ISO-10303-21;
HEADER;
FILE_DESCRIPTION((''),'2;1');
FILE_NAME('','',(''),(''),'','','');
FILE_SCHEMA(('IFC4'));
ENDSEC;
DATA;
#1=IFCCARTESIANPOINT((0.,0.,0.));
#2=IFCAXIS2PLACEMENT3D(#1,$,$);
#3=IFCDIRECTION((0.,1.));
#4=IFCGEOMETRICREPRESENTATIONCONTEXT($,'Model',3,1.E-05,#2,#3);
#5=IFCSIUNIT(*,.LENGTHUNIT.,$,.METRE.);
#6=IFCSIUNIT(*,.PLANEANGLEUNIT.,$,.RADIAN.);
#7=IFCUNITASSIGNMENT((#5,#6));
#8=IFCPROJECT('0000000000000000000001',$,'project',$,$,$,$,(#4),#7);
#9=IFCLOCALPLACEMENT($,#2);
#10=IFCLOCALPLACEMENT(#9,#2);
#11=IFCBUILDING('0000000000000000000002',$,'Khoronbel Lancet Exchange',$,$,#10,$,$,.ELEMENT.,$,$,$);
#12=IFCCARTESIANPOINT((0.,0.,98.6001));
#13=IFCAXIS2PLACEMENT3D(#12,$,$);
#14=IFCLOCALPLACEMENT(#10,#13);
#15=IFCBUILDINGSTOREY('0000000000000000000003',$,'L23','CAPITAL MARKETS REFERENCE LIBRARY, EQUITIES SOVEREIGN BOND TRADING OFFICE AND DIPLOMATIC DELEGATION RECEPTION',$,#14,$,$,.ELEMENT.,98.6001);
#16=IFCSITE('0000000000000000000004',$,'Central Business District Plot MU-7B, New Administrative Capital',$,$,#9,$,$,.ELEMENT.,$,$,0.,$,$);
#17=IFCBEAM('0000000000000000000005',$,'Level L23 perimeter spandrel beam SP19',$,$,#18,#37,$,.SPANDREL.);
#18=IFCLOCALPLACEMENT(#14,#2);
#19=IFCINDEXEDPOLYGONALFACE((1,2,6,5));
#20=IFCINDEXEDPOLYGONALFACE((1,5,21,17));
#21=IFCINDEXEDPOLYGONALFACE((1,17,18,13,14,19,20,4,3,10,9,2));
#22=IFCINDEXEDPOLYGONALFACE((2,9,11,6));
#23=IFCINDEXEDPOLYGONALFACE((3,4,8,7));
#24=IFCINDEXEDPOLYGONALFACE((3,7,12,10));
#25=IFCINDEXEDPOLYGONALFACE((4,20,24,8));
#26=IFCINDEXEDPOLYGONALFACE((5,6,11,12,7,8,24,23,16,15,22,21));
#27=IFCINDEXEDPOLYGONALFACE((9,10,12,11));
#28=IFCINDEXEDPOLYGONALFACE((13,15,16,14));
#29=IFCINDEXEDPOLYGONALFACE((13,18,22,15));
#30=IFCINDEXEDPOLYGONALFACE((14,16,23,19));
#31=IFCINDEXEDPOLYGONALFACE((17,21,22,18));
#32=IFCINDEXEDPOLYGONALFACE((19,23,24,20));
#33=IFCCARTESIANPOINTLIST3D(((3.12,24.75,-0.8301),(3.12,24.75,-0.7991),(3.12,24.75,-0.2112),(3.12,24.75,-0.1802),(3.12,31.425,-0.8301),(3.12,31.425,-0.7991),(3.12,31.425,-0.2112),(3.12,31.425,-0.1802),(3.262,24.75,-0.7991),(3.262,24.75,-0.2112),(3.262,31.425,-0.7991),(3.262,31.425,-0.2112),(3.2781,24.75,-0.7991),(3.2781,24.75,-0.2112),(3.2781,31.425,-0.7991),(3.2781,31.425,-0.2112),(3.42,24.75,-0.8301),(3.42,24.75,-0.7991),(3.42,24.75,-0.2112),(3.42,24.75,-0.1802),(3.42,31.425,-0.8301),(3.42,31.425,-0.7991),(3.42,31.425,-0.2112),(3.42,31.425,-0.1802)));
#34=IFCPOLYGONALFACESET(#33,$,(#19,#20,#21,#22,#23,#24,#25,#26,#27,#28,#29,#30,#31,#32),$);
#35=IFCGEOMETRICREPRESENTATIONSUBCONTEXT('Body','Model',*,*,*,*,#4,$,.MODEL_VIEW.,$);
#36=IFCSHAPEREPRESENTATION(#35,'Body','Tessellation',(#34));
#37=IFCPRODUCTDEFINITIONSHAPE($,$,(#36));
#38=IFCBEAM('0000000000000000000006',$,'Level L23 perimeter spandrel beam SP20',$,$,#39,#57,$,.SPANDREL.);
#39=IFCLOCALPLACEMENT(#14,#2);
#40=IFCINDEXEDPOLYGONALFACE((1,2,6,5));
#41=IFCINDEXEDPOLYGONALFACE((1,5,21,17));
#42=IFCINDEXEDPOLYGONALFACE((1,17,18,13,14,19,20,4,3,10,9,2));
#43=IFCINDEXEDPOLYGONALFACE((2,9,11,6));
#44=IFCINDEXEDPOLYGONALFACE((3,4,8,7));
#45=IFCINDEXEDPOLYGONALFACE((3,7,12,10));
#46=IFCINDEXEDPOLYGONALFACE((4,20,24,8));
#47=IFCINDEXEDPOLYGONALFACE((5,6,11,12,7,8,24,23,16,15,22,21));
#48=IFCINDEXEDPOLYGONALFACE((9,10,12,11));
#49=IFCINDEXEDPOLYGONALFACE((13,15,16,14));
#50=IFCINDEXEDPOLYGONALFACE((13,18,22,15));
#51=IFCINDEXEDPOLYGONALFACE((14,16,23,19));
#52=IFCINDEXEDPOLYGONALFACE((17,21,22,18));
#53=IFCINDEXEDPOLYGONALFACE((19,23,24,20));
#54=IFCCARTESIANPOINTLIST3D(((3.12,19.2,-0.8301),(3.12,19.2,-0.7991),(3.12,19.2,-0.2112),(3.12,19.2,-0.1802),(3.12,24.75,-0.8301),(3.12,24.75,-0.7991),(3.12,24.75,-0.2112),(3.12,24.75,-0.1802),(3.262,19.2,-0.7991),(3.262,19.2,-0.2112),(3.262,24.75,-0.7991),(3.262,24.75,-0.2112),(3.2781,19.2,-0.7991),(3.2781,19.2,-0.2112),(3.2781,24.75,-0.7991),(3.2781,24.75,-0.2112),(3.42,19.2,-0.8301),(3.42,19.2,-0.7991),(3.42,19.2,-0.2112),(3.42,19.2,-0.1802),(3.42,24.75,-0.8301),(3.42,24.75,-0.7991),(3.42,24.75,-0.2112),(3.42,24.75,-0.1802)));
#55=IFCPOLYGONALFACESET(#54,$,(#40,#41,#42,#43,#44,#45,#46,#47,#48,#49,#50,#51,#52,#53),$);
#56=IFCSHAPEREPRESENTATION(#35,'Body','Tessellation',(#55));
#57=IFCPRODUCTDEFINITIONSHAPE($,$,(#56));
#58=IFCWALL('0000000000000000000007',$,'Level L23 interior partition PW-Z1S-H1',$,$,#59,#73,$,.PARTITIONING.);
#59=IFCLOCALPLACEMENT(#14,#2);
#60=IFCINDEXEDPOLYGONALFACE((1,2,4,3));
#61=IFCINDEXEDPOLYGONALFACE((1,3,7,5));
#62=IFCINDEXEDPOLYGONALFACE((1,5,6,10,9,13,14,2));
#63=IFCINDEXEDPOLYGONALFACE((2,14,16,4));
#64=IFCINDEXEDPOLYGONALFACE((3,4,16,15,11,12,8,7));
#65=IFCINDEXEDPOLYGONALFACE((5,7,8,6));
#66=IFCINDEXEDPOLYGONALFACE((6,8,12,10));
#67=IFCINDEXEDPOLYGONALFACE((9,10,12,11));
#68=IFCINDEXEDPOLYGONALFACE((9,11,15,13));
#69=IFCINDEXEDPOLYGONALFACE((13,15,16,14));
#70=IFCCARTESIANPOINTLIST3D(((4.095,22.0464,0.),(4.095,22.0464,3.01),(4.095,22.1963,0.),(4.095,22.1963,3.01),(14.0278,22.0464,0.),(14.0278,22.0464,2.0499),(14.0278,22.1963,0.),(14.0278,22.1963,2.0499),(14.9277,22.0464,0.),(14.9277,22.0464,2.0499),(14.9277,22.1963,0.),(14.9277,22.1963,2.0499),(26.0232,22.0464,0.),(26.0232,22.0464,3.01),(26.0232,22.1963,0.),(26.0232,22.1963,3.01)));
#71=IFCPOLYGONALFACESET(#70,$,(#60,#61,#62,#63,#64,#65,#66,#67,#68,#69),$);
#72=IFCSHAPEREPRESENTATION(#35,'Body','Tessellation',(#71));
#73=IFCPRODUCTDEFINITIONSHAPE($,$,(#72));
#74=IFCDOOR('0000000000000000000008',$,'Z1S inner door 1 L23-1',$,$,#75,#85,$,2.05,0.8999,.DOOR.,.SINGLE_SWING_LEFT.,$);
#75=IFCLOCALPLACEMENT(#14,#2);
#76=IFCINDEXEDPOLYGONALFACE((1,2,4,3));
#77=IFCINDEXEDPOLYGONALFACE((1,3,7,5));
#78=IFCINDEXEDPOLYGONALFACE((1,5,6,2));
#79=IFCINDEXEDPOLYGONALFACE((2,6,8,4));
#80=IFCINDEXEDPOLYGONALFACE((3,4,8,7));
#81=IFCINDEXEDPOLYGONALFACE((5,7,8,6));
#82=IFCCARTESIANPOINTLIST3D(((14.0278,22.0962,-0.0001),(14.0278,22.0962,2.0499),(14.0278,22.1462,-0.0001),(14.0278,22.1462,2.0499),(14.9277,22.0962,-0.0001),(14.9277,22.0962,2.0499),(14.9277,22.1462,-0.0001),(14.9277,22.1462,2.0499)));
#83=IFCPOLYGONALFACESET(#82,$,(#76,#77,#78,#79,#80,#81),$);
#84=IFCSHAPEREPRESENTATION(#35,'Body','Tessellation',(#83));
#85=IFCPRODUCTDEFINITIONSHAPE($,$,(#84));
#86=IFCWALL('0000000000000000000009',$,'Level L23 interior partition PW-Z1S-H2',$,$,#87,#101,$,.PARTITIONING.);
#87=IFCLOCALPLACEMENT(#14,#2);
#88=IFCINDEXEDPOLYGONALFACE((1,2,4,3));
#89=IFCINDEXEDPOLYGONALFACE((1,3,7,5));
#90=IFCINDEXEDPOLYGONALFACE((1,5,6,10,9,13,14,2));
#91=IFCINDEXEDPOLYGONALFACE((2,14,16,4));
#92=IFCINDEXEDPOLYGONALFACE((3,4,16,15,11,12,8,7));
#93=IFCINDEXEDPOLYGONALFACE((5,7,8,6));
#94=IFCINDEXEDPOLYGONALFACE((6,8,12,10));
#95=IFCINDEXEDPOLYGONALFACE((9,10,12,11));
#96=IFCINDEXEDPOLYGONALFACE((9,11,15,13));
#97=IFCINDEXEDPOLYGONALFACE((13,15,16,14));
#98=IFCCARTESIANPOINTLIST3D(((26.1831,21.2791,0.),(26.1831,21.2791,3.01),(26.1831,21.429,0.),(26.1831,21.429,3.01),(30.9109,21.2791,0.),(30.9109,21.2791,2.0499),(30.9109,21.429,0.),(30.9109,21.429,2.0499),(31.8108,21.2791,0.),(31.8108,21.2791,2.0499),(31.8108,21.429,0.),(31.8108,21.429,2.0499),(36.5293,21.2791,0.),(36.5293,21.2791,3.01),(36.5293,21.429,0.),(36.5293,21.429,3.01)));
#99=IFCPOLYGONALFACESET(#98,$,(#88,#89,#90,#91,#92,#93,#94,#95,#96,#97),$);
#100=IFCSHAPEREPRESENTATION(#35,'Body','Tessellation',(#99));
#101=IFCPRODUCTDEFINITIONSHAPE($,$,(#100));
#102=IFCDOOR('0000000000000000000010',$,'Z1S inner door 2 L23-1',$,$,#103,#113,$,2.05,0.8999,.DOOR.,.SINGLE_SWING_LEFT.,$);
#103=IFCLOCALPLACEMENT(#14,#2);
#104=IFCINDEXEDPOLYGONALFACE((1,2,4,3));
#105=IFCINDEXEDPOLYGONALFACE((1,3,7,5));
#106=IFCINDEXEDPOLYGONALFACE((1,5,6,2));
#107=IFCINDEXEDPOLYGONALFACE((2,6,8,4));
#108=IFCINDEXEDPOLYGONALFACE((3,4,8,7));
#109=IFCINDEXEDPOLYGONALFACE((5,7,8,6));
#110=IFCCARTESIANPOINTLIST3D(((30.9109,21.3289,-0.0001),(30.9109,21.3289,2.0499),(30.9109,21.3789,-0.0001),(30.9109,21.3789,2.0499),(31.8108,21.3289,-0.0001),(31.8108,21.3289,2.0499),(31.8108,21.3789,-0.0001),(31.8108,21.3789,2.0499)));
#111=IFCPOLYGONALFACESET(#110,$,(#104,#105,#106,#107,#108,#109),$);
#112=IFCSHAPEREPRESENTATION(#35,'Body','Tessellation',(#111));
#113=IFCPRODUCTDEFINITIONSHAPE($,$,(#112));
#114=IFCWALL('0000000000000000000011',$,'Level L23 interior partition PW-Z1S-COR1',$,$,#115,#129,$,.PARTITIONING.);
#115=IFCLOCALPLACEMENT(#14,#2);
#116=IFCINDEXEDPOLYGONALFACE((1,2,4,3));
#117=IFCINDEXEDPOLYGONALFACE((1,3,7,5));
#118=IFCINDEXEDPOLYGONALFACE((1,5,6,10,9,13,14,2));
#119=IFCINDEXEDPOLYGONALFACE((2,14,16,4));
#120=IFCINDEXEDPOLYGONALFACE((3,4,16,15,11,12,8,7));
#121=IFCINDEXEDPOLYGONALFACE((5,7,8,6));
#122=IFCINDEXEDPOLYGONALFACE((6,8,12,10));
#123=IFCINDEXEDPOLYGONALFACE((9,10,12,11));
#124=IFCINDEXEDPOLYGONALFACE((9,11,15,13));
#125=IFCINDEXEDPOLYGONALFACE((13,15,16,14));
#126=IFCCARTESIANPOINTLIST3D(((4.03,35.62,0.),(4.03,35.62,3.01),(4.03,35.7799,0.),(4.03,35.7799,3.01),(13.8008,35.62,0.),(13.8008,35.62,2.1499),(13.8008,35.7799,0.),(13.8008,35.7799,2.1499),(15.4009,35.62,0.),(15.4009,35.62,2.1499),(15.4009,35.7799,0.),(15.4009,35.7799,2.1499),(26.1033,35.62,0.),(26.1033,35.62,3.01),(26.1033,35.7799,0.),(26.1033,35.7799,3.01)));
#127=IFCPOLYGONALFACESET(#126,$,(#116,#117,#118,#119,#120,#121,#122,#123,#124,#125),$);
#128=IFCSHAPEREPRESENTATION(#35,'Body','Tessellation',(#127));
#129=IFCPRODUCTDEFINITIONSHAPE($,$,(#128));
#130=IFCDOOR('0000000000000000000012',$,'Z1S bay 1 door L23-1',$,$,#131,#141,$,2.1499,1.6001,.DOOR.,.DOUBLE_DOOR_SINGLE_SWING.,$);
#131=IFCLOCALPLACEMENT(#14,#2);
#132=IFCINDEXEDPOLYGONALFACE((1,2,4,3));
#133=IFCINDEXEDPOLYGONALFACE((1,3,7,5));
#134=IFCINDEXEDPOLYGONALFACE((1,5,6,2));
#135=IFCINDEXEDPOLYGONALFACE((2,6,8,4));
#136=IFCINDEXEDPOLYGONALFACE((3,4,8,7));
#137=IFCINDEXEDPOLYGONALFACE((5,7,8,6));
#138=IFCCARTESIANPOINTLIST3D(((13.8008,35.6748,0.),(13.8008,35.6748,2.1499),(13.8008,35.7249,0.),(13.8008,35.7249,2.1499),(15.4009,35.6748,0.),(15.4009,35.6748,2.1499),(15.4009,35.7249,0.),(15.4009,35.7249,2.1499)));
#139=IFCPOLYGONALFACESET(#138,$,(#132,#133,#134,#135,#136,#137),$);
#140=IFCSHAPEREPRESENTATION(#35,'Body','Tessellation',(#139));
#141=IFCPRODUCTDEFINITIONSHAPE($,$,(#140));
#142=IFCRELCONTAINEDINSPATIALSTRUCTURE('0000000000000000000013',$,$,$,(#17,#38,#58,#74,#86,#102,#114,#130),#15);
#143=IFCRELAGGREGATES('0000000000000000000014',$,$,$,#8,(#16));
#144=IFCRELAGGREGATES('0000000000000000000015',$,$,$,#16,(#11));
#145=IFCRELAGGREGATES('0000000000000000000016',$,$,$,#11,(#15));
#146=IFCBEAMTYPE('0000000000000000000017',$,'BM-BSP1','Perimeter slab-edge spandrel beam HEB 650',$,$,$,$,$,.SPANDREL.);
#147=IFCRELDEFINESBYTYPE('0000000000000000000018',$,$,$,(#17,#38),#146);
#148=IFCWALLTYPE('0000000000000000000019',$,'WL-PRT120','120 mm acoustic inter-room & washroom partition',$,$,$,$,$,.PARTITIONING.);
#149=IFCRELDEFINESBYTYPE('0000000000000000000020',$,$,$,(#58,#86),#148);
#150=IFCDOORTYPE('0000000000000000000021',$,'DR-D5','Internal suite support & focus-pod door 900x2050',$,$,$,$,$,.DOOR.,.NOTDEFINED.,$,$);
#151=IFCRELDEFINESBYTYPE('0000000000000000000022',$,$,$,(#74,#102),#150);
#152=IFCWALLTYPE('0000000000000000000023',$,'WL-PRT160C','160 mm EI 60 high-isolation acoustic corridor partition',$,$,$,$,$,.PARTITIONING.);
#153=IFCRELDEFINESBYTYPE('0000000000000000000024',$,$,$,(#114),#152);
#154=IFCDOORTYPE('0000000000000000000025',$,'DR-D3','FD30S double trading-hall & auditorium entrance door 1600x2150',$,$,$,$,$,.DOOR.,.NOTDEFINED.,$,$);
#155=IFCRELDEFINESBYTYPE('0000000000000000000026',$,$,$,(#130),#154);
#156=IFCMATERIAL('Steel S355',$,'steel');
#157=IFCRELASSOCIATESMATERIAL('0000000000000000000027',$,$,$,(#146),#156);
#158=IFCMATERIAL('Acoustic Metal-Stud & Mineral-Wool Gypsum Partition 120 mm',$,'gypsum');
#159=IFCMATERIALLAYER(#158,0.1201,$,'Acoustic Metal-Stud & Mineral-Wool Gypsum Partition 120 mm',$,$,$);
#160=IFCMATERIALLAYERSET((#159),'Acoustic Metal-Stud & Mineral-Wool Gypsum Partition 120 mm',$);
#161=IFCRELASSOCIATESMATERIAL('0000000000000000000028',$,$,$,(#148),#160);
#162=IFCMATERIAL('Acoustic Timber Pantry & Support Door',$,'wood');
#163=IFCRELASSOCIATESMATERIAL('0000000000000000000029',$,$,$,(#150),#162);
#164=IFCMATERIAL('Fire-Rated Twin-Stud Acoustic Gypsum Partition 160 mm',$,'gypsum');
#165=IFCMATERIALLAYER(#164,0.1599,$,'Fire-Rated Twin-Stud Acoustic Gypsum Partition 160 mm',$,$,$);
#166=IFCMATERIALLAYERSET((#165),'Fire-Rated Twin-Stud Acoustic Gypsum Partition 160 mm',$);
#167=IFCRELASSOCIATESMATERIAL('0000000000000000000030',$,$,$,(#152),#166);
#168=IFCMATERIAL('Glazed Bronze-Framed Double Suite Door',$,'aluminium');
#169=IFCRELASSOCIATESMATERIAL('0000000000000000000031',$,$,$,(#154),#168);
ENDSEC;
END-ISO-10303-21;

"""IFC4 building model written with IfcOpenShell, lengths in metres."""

from ifc_helpers import new_model, si_unit, direction, frame, frame_2d, origin, origin_2d, place, context, subcontext, project, spatial, rectangle, i_section, extrude, material, layer, layer_set, material_profile, profile_set, type_object, element, fill, save


model = new_model("IFC4")

# Units and contexts
model_context = context("Model", 3, precision=1e-05, world=origin(), true_north=direction((0.0, 1.0)))
body_context = subcontext(model_context, "Body", "Model", "MODEL_VIEW")
ifc_project = project(units=[si_unit("LENGTHUNIT", "METRE"), si_unit("PLANEANGLEUNIT", "RADIAN")], contexts=[model_context])

# Site, building, storey
site_placement = place(None, origin())
site = spatial("IfcSite", under=ifc_project, at=site_placement, Name="Central Business District Plot MU-7B, New Administrative Capital", CompositionType="ELEMENT", RefElevation=0.0)
building_placement = place(site_placement, origin())
building = spatial("IfcBuilding", under=site, at=building_placement, Name="Khoronbel Lancet Exchange", CompositionType="ELEMENT")
storey_placement = place(building_placement, frame((0.0, 0.0, 98.6001)))
storey = spatial("IfcBuildingStorey", under=building, at=storey_placement, Name="L23", Description="CAPITAL MARKETS REFERENCE LIBRARY, EQUITIES SOVEREIGN BOND TRADING OFFICE AND DIPLOMATIC DELEGATION RECEPTION", CompositionType="ELEMENT", Elevation=98.6001)

# Shared definitions
ifc_material_1 = material(Name="Steel S355", Category="steel")

# Beams
ifc_material_profile_1 = material_profile(ifc_material_1, i_section(OverallWidth=0.3, OverallDepth=0.6499, WebThickness=0.0161, FlangeThickness=0.031, at=origin_2d()), Name="HEB 650")
ifc_profile_set_1 = profile_set([ifc_material_profile_1], Name="Steel S355")
beam_type_1 = type_object("IfcBeamType", Name="BM-BSP1", Description="Perimeter slab-edge spandrel beam HEB 650", PredefinedType="SPANDREL", material=ifc_profile_set_1)
beam_1_placement = place(storey_placement, frame((3.27, 31.425, -0.5051), z_axis=(0.0, -1.0, 0.0), x_axis=(1.0, 0.0, 0.0)))
element("IfcBeam", 1, at=beam_1_placement, inside=storey, type_object=beam_type_1, Name="Level L23 perimeter spandrel beam SP19", PredefinedType="SPANDREL", context=body_context, shape_type="SweptSolid", body=[
    extrude(i_section(OverallWidth=0.3, OverallDepth=0.6499, WebThickness=0.0161, FlangeThickness=0.031, at=origin_2d()), origin(), (0.0, 0.0, 1.0), 6.675),
])
beam_2_placement = place(storey_placement, frame((3.27, 24.75, -0.5051), z_axis=(0.0, -1.0, 0.0), x_axis=(1.0, 0.0, 0.0)))
element("IfcBeam", 2, at=beam_2_placement, inside=storey, type_object=beam_type_1, Name="Level L23 perimeter spandrel beam SP20", PredefinedType="SPANDREL", context=body_context, shape_type="SweptSolid", body=[
    extrude(i_section(OverallWidth=0.3, OverallDepth=0.6499, WebThickness=0.0161, FlangeThickness=0.031, at=origin_2d()), origin(), (0.0, 0.0, 1.0), 5.55),
])

# Walls, openings, doors
ifc_material_2 = material(Name="Acoustic Metal-Stud & Mineral-Wool Gypsum Partition 120 mm", Category="gypsum")
ifc_layer_1 = layer(ifc_material_2, 0.1201, Name="Acoustic Metal-Stud & Mineral-Wool Gypsum Partition 120 mm")
ifc_layer_set_1 = layer_set([ifc_layer_1], Name="Acoustic Metal-Stud & Mineral-Wool Gypsum Partition 120 mm")
wall_type_1 = type_object("IfcWallType", Name="WL-PRT120", Description="120 mm acoustic inter-room & washroom partition", PredefinedType="PARTITIONING", material=ifc_layer_set_1)
wall_1_placement = place(storey_placement, frame((4.095, 22.1213, 0.0), z_axis=(0.0, 0.0, 1.0), x_axis=(1.0, 0.0, 0.0)))
wall_1 = element("IfcWall", 3, at=wall_1_placement, inside=storey, type_object=wall_type_1, Name="Level L23 interior partition PW-Z1S-H1", PredefinedType="PARTITIONING", context=body_context, shape_type="SweptSolid", body=[
    extrude(rectangle(XDim=21.9282, YDim=0.1499, at=frame_2d((10.9641, 0.0))), origin(), (0.0, 0.0, 1.0), 3.01),
])
opening_1_placement = place(wall_1_placement, frame((9.9329, 0.0, 0.0)))
opening_1 = element("IfcOpeningElement", 4, at=opening_1_placement, cuts=wall_1, PredefinedType="OPENING", context=body_context, shape_type="SweptSolid", body=[
    extrude(rectangle(XDim=0.8999, YDim=2.05, at=frame_2d((0.45, 1.0249))), frame((0.0, 0.085, 0.0), z_axis=(0.0, -1.0, 0.0), x_axis=(1.0, 0.0, 0.0)), (0.0, 0.0, 1.0), 0.1699),
])
ifc_material_3 = material(Name="Acoustic Timber Pantry & Support Door", Category="wood")
door_type_1 = type_object("IfcDoorType", Name="DR-D5", Description="Internal suite support & focus-pod door 900x2050", OperationType="NOTDEFINED", PredefinedType="DOOR", material=ifc_material_3)
door_1_placement = place(opening_1_placement, origin())
door_1 = element("IfcDoor", 5, at=door_1_placement, inside=storey, type_object=door_type_1, Name="Z1S inner door 1 L23-1", OperationType="SINGLE_SWING_LEFT", OverallHeight=2.05, OverallWidth=0.8999, PredefinedType="DOOR", context=body_context, shape_type="SweptSolid", body=[
    extrude(rectangle(XDim=0.8999, YDim=2.05, at=frame_2d((0.45, 1.0249))), frame((0.0, 0.0249, 0.0), z_axis=(0.0, -1.0, 0.0), x_axis=(1.0, 0.0, 0.0)), (0.0, 0.0, 1.0), 0.05),
])
fill(opening_1, door_1)
wall_2_placement = place(storey_placement, frame((26.1831, 21.354, 0.0), z_axis=(0.0, 0.0, 1.0), x_axis=(1.0, 0.0, 0.0)))
wall_2 = element("IfcWall", 6, at=wall_2_placement, inside=storey, type_object=wall_type_1, Name="Level L23 interior partition PW-Z1S-H2", PredefinedType="PARTITIONING", context=body_context, shape_type="SweptSolid", body=[
    extrude(rectangle(XDim=10.3462, YDim=0.1499, at=frame_2d((5.1731, 0.0))), origin(), (0.0, 0.0, 1.0), 3.01),
])
opening_2_placement = place(wall_2_placement, frame((4.7278, 0.0, 0.0)))
opening_2 = element("IfcOpeningElement", 7, at=opening_2_placement, cuts=wall_2, PredefinedType="OPENING", context=body_context, shape_type="SweptSolid", body=[
    extrude(rectangle(XDim=0.8999, YDim=2.05, at=frame_2d((0.45, 1.0249))), frame((0.0, 0.085, 0.0), z_axis=(0.0, -1.0, 0.0), x_axis=(1.0, 0.0, 0.0)), (0.0, 0.0, 1.0), 0.1699),
])
door_2_placement = place(opening_2_placement, origin())
door_2 = element("IfcDoor", 8, at=door_2_placement, inside=storey, type_object=door_type_1, Name="Z1S inner door 2 L23-1", OperationType="SINGLE_SWING_LEFT", OverallHeight=2.05, OverallWidth=0.8999, PredefinedType="DOOR", context=body_context, shape_type="SweptSolid", body=[
    extrude(rectangle(XDim=0.8999, YDim=2.05, at=frame_2d((0.45, 1.0249))), frame((0.0, 0.0249, 0.0), z_axis=(0.0, -1.0, 0.0), x_axis=(1.0, 0.0, 0.0)), (0.0, 0.0, 1.0), 0.05),
])
fill(opening_2, door_2)
ifc_material_4 = material(Name="Fire-Rated Twin-Stud Acoustic Gypsum Partition 160 mm", Category="gypsum")
ifc_layer_2 = layer(ifc_material_4, 0.1599, Name="Fire-Rated Twin-Stud Acoustic Gypsum Partition 160 mm")
ifc_layer_set_2 = layer_set([ifc_layer_2], Name="Fire-Rated Twin-Stud Acoustic Gypsum Partition 160 mm")
wall_type_2 = type_object("IfcWallType", Name="WL-PRT160C", Description="160 mm EI 60 high-isolation acoustic corridor partition", PredefinedType="PARTITIONING", material=ifc_layer_set_2)
wall_3_placement = place(storey_placement, frame((4.03, 35.7, 0.0), z_axis=(0.0, 0.0, 1.0), x_axis=(1.0, 0.0, 0.0)))
wall_3 = element("IfcWall", 9, at=wall_3_placement, inside=storey, type_object=wall_type_2, Name="Level L23 interior partition PW-Z1S-COR1", PredefinedType="PARTITIONING", context=body_context, shape_type="SweptSolid", body=[
    extrude(rectangle(XDim=22.0732, YDim=0.1599, at=frame_2d((11.0366, 0.0))), origin(), (0.0, 0.0, 1.0), 3.01),
])
opening_3_placement = place(wall_3_placement, frame((9.7708, 0.0, 0.0)))
opening_3 = element("IfcOpeningElement", 10, at=opening_3_placement, cuts=wall_3, PredefinedType="OPENING", context=body_context, shape_type="SweptSolid", body=[
    extrude(rectangle(XDim=1.6001, YDim=2.1499, at=frame_2d((0.8, 1.075))), frame((0.0, 0.0898, 0.0), z_axis=(0.0, -1.0, 0.0), x_axis=(1.0, 0.0, 0.0)), (0.0, 0.0, 1.0), 0.1799),
])
ifc_material_5 = material(Name="Glazed Bronze-Framed Double Suite Door", Category="aluminium")
door_type_2 = type_object("IfcDoorType", Name="DR-D3", Description="FD30S double trading-hall & auditorium entrance door 1600x2150", OperationType="NOTDEFINED", PredefinedType="DOOR", material=ifc_material_5)
door_3_placement = place(opening_3_placement, origin())
door_3 = element("IfcDoor", 11, at=door_3_placement, inside=storey, type_object=door_type_2, Name="Z1S bay 1 door L23-1", OperationType="DOUBLE_DOOR_SINGLE_SWING", OverallHeight=2.1499, OverallWidth=1.6001, PredefinedType="DOOR", context=body_context, shape_type="SweptSolid", body=[
    extrude(rectangle(XDim=1.6001, YDim=2.1499, at=frame_2d((0.8, 1.075))), frame((0.0, 0.0249, 0.0), z_axis=(0.0, -1.0, 0.0), x_axis=(1.0, 0.0, 0.0)), (0.0, 0.0, 1.0), 0.05),
])
fill(opening_3, door_3)

save(model, "model.ifc")
